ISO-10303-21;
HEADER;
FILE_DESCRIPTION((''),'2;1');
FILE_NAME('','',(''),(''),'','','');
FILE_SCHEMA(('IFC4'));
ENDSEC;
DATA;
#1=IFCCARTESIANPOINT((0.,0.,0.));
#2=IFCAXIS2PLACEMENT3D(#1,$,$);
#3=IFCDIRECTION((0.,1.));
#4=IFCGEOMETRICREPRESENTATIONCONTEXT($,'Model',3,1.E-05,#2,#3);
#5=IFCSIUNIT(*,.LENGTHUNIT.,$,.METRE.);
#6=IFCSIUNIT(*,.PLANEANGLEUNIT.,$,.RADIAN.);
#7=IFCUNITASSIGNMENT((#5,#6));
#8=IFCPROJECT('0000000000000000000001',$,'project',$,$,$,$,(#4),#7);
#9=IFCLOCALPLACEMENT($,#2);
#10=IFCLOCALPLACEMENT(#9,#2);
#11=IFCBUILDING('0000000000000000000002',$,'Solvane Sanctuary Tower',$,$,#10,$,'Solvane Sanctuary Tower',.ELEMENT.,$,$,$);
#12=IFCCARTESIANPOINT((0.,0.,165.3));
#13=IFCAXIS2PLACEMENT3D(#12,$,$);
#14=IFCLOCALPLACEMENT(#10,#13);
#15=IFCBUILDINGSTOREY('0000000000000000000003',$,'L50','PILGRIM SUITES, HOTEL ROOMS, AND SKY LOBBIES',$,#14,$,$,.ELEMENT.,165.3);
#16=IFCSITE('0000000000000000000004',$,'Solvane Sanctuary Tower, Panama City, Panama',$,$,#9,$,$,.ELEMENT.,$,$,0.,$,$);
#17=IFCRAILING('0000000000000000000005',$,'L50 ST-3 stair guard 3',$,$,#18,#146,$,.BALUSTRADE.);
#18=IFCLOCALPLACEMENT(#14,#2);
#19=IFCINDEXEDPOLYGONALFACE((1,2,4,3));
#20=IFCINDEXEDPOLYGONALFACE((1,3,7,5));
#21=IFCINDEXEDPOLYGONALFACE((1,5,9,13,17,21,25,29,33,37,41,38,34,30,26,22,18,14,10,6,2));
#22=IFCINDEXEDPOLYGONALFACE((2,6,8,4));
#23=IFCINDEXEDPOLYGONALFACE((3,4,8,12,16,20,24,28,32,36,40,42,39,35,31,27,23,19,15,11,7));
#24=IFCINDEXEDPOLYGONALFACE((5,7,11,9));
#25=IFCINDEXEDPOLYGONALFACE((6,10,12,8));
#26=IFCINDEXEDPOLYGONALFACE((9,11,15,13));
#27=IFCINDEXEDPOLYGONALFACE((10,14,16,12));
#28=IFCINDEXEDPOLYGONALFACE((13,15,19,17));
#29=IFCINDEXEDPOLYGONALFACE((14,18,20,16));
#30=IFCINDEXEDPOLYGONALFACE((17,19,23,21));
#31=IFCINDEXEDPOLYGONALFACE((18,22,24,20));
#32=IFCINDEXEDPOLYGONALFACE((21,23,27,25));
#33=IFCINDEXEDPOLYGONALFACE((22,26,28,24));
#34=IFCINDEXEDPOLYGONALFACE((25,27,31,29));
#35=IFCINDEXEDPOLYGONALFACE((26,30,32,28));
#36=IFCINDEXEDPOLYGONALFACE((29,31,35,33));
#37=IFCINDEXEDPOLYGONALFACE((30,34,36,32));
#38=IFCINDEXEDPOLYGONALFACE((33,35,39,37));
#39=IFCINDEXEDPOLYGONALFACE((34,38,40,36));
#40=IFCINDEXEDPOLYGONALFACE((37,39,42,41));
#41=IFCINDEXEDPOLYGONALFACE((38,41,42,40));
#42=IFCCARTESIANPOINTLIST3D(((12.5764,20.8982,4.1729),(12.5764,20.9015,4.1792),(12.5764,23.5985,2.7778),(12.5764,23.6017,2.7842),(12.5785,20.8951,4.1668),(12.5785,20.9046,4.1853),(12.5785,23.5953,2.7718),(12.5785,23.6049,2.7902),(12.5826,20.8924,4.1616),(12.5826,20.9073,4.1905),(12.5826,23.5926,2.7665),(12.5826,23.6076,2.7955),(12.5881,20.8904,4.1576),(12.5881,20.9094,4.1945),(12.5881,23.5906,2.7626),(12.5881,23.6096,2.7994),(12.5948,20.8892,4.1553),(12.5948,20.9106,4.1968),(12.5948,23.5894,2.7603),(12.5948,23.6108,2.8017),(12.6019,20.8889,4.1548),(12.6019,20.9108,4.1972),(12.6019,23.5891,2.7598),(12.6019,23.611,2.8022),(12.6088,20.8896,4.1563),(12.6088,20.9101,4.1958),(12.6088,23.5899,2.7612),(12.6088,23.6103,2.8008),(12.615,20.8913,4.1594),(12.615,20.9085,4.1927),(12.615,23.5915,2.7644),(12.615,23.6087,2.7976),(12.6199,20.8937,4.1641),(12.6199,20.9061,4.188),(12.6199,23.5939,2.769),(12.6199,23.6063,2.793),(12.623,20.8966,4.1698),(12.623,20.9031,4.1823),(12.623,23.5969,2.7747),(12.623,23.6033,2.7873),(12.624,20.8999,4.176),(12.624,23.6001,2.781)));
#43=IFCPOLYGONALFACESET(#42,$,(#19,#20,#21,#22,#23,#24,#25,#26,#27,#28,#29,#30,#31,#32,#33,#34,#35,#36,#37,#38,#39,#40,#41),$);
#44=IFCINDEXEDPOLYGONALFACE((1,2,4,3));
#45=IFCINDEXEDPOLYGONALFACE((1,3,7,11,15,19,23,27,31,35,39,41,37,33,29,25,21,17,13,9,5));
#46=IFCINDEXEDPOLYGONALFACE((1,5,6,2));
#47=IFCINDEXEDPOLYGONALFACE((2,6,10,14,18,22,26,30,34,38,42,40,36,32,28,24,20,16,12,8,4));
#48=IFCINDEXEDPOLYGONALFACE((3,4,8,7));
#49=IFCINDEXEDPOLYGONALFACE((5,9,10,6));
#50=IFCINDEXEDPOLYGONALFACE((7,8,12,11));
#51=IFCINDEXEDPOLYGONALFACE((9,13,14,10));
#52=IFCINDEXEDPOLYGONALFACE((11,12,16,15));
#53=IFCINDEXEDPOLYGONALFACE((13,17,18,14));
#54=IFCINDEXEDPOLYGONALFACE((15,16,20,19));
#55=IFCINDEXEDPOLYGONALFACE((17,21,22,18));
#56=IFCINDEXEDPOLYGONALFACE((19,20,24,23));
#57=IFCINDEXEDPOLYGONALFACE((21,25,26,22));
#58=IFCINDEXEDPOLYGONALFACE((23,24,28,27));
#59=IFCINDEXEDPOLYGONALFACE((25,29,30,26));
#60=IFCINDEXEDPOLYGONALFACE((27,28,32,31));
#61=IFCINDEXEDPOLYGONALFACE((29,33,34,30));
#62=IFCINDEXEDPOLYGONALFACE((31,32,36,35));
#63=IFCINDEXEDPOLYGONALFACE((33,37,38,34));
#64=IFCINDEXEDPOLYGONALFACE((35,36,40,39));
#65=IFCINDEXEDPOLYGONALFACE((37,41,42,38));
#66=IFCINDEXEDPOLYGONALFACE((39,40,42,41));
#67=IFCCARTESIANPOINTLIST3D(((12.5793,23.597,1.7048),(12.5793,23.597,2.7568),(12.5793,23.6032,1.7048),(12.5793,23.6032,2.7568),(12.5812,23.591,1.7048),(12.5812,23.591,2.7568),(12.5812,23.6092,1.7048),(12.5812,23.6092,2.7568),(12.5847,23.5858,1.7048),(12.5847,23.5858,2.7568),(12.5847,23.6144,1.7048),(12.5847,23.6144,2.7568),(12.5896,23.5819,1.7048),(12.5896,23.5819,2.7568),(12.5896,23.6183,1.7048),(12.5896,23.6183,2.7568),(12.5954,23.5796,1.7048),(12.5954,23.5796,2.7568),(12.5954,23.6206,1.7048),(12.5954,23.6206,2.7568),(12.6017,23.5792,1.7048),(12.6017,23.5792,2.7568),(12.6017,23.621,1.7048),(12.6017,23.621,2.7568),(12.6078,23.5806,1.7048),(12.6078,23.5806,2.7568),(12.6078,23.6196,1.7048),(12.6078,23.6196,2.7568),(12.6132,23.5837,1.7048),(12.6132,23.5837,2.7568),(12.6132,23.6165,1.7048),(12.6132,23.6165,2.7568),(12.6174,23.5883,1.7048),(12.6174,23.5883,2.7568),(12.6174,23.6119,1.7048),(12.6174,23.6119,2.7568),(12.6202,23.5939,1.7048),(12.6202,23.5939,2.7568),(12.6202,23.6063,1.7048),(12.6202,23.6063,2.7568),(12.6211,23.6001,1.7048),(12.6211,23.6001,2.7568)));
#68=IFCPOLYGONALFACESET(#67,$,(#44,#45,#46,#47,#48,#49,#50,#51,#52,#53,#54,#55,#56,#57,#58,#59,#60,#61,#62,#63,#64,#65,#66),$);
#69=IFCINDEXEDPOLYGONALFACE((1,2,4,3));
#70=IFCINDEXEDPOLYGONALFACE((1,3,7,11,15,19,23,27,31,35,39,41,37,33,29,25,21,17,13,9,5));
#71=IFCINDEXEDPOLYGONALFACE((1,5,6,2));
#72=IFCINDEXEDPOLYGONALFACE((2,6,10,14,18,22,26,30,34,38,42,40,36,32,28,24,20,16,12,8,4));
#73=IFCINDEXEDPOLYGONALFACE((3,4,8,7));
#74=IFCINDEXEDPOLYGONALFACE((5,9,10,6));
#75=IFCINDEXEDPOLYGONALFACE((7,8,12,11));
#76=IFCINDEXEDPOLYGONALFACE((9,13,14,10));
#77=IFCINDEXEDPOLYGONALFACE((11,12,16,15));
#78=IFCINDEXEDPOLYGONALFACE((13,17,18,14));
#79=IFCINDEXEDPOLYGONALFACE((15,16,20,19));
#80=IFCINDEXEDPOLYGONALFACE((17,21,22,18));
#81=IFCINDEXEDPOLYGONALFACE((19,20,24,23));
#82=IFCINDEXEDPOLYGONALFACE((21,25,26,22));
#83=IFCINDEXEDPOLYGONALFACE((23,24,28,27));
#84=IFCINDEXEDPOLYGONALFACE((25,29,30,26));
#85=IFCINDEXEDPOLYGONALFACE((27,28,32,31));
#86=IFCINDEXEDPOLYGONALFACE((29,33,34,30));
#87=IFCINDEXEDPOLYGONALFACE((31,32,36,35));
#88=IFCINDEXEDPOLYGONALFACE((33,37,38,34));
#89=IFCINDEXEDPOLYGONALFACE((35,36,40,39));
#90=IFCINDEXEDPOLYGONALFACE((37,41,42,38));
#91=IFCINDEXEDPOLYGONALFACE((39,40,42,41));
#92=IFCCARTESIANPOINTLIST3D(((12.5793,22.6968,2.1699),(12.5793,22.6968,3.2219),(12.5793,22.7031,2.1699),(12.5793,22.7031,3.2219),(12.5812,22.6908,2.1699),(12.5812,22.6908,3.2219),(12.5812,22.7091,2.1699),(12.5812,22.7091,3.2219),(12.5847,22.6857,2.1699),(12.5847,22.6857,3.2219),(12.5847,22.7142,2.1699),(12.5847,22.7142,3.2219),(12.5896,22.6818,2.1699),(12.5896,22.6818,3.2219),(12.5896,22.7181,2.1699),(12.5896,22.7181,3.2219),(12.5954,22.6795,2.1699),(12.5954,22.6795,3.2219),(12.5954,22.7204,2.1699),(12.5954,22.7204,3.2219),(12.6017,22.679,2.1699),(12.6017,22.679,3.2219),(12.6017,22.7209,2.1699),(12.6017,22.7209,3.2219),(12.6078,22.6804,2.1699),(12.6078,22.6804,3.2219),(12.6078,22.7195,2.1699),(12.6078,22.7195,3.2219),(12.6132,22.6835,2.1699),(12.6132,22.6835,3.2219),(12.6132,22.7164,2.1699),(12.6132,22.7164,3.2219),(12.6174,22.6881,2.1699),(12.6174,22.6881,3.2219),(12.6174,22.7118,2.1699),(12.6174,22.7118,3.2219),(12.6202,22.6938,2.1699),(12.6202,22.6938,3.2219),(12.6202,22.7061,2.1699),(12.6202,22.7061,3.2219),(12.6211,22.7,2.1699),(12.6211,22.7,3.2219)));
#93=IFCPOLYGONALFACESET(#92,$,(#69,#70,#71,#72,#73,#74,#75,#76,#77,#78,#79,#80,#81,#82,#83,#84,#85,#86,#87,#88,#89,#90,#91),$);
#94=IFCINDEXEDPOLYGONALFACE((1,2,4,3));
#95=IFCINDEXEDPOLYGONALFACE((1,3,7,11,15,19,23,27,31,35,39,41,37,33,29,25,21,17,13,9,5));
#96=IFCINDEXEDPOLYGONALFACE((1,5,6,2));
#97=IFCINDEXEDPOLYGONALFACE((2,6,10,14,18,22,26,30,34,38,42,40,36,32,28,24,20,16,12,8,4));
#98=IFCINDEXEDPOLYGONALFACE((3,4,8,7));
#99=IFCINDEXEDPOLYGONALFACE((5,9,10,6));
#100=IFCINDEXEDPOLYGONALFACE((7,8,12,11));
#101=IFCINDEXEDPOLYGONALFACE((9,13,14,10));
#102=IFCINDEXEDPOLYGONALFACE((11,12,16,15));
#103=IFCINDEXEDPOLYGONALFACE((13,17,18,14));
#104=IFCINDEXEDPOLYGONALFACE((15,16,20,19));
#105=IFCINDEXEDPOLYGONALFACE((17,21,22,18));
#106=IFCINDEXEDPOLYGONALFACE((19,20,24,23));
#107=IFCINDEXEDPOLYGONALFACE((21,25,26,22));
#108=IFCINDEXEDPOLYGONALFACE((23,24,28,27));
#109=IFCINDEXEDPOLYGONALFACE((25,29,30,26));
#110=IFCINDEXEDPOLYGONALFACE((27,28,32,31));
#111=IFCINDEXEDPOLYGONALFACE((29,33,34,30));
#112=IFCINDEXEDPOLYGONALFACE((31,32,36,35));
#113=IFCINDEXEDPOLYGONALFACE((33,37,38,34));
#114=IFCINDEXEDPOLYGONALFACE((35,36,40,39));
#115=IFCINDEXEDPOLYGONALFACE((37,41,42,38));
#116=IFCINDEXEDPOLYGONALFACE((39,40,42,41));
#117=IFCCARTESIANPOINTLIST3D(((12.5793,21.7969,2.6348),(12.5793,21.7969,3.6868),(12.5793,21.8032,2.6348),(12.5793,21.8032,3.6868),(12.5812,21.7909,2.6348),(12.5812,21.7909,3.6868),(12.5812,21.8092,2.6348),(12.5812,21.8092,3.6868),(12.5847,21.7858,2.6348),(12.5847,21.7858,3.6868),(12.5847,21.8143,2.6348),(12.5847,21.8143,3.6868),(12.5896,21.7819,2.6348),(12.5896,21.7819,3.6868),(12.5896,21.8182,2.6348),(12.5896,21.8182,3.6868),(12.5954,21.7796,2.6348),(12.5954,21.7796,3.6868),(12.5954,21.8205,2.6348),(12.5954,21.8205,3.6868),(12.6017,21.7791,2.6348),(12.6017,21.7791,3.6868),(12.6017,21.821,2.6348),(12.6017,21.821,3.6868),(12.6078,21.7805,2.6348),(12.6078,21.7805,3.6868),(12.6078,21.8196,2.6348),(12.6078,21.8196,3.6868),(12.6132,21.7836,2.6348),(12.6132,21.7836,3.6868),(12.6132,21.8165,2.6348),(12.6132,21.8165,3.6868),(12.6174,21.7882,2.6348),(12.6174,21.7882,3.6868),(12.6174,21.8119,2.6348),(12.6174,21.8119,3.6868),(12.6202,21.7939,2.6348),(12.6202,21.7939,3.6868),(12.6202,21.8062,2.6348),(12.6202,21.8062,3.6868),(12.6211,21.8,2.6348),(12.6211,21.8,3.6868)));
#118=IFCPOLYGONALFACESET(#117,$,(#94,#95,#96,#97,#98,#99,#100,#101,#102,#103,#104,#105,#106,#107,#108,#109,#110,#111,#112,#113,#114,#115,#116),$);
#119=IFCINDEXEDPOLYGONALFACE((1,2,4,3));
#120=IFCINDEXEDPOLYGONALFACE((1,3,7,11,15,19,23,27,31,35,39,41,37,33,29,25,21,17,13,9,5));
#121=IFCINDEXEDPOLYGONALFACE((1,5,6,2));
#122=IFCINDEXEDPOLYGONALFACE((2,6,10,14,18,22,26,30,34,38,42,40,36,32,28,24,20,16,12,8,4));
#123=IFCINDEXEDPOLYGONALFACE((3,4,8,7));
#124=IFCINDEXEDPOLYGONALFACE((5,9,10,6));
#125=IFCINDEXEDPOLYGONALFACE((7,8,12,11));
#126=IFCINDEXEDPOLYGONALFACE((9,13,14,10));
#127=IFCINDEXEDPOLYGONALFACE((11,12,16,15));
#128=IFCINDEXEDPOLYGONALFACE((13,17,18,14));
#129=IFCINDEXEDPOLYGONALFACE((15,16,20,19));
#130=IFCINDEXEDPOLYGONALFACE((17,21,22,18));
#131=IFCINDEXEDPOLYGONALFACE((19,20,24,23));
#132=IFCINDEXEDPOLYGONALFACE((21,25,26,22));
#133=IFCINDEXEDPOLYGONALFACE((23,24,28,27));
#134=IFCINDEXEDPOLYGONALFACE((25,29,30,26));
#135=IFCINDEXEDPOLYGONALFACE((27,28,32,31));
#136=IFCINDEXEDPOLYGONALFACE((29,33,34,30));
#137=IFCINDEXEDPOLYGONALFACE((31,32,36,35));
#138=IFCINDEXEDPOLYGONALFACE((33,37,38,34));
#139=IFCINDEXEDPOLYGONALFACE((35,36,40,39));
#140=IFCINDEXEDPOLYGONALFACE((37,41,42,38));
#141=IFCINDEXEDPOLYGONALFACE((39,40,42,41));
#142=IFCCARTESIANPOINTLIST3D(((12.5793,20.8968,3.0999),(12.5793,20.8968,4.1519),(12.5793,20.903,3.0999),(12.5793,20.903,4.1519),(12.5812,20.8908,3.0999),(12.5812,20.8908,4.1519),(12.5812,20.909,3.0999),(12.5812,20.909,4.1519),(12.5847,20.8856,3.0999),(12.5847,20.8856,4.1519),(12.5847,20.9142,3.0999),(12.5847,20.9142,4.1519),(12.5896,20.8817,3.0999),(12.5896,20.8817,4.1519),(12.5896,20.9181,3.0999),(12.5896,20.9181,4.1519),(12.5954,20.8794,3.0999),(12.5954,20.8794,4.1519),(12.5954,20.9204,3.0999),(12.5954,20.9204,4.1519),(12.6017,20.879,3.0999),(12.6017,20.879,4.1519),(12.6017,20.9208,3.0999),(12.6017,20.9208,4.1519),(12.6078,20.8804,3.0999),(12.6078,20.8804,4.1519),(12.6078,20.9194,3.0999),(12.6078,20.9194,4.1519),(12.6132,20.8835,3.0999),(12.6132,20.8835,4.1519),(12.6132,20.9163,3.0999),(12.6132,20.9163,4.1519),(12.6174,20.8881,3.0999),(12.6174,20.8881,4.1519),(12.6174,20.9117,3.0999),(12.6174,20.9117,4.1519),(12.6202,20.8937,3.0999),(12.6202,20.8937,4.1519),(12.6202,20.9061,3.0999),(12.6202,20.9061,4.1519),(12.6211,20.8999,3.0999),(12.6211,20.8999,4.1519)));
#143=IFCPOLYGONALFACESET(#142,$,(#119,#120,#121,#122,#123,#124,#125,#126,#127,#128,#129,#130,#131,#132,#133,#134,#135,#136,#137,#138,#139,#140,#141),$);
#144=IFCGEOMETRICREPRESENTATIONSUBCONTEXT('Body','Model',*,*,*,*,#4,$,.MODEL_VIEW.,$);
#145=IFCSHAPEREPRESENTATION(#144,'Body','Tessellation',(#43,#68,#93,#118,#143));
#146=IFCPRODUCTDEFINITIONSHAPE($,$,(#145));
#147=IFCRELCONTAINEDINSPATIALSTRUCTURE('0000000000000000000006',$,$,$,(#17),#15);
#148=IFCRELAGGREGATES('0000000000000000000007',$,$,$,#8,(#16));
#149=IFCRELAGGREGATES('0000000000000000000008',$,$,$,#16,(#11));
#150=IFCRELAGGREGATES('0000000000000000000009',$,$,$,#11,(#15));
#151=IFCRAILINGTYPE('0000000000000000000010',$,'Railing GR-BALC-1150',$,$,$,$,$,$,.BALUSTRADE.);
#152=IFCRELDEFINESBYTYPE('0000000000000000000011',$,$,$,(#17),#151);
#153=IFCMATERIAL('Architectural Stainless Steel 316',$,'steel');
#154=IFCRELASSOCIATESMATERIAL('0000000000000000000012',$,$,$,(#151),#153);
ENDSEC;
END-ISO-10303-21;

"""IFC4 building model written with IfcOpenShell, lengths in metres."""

from ifc_helpers import new_model, si_unit, direction, frame, origin, origin_2d, place, context, subcontext, project, spatial, circle, extrude, material, type_object, element, save


model = new_model("IFC4")

# Units and contexts
model_context = context("Model", 3, precision=1e-05, world=origin(), true_north=direction((0.0, 1.0)))
body_context = subcontext(model_context, "Body", "Model", "MODEL_VIEW")
ifc_project = project(units=[si_unit("LENGTHUNIT", "METRE"), si_unit("PLANEANGLEUNIT", "RADIAN")], contexts=[model_context])

# Site, building, storey
site_placement = place(None, origin())
site = spatial("IfcSite", under=ifc_project, at=site_placement, Name="Solvane Sanctuary Tower, Panama City, Panama", CompositionType="ELEMENT", RefElevation=0.0)
building_placement = place(site_placement, origin())
building = spatial("IfcBuilding", under=site, at=building_placement, Name="Solvane Sanctuary Tower", LongName="Solvane Sanctuary Tower", CompositionType="ELEMENT")
storey_placement = place(building_placement, frame((0.0, 0.0, 165.3)))
storey = spatial("IfcBuildingStorey", under=building, at=storey_placement, Name="L50", Description="PILGRIM SUITES, HOTEL ROOMS, AND SKY LOBBIES", CompositionType="ELEMENT", Elevation=165.3)

# Railing
ifc_material_1 = material(Name="Architectural Stainless Steel 316", Category="steel")
railing_type_1 = type_object("IfcRailingType", Name="Railing GR-BALC-1150", PredefinedType="BALUSTRADE", material=ifc_material_1)
railing_1_placement = place(storey_placement, frame((12.6001, 23.6001, 1.7048)))
element("IfcRailing", 1, at=railing_1_placement, inside=storey, type_object=railing_type_1, Name="L50 ST-3 stair guard 3", PredefinedType="BALUSTRADE", context=body_context, shape_type="SweptSolid", body=[
    extrude(circle(Radius=0.0239, at=origin_2d()), frame((0.0, 0.0, 1.0762), z_axis=(0.0, -0.888437, 0.458999), x_axis=(1.0, 0.0, 0.0)), (0.0, 0.0, 1.0), 3.0393),
    extrude(circle(Radius=0.021, at=origin_2d()), origin(), (0.0, 0.0, 1.0), 1.052),
    extrude(circle(Radius=0.021, at=origin_2d()), frame((0.0, -0.9001, 0.4651)), (0.0, 0.0, 1.0), 1.052),
    extrude(circle(Radius=0.021, at=origin_2d()), frame((0.0, -1.8, 0.9299)), (0.0, 0.0, 1.0), 1.052),
    extrude(circle(Radius=0.021, at=origin_2d()), frame((0.0, -2.7002, 1.395)), (0.0, 0.0, 1.0), 1.052),
])

save(model, "model.ifc")
